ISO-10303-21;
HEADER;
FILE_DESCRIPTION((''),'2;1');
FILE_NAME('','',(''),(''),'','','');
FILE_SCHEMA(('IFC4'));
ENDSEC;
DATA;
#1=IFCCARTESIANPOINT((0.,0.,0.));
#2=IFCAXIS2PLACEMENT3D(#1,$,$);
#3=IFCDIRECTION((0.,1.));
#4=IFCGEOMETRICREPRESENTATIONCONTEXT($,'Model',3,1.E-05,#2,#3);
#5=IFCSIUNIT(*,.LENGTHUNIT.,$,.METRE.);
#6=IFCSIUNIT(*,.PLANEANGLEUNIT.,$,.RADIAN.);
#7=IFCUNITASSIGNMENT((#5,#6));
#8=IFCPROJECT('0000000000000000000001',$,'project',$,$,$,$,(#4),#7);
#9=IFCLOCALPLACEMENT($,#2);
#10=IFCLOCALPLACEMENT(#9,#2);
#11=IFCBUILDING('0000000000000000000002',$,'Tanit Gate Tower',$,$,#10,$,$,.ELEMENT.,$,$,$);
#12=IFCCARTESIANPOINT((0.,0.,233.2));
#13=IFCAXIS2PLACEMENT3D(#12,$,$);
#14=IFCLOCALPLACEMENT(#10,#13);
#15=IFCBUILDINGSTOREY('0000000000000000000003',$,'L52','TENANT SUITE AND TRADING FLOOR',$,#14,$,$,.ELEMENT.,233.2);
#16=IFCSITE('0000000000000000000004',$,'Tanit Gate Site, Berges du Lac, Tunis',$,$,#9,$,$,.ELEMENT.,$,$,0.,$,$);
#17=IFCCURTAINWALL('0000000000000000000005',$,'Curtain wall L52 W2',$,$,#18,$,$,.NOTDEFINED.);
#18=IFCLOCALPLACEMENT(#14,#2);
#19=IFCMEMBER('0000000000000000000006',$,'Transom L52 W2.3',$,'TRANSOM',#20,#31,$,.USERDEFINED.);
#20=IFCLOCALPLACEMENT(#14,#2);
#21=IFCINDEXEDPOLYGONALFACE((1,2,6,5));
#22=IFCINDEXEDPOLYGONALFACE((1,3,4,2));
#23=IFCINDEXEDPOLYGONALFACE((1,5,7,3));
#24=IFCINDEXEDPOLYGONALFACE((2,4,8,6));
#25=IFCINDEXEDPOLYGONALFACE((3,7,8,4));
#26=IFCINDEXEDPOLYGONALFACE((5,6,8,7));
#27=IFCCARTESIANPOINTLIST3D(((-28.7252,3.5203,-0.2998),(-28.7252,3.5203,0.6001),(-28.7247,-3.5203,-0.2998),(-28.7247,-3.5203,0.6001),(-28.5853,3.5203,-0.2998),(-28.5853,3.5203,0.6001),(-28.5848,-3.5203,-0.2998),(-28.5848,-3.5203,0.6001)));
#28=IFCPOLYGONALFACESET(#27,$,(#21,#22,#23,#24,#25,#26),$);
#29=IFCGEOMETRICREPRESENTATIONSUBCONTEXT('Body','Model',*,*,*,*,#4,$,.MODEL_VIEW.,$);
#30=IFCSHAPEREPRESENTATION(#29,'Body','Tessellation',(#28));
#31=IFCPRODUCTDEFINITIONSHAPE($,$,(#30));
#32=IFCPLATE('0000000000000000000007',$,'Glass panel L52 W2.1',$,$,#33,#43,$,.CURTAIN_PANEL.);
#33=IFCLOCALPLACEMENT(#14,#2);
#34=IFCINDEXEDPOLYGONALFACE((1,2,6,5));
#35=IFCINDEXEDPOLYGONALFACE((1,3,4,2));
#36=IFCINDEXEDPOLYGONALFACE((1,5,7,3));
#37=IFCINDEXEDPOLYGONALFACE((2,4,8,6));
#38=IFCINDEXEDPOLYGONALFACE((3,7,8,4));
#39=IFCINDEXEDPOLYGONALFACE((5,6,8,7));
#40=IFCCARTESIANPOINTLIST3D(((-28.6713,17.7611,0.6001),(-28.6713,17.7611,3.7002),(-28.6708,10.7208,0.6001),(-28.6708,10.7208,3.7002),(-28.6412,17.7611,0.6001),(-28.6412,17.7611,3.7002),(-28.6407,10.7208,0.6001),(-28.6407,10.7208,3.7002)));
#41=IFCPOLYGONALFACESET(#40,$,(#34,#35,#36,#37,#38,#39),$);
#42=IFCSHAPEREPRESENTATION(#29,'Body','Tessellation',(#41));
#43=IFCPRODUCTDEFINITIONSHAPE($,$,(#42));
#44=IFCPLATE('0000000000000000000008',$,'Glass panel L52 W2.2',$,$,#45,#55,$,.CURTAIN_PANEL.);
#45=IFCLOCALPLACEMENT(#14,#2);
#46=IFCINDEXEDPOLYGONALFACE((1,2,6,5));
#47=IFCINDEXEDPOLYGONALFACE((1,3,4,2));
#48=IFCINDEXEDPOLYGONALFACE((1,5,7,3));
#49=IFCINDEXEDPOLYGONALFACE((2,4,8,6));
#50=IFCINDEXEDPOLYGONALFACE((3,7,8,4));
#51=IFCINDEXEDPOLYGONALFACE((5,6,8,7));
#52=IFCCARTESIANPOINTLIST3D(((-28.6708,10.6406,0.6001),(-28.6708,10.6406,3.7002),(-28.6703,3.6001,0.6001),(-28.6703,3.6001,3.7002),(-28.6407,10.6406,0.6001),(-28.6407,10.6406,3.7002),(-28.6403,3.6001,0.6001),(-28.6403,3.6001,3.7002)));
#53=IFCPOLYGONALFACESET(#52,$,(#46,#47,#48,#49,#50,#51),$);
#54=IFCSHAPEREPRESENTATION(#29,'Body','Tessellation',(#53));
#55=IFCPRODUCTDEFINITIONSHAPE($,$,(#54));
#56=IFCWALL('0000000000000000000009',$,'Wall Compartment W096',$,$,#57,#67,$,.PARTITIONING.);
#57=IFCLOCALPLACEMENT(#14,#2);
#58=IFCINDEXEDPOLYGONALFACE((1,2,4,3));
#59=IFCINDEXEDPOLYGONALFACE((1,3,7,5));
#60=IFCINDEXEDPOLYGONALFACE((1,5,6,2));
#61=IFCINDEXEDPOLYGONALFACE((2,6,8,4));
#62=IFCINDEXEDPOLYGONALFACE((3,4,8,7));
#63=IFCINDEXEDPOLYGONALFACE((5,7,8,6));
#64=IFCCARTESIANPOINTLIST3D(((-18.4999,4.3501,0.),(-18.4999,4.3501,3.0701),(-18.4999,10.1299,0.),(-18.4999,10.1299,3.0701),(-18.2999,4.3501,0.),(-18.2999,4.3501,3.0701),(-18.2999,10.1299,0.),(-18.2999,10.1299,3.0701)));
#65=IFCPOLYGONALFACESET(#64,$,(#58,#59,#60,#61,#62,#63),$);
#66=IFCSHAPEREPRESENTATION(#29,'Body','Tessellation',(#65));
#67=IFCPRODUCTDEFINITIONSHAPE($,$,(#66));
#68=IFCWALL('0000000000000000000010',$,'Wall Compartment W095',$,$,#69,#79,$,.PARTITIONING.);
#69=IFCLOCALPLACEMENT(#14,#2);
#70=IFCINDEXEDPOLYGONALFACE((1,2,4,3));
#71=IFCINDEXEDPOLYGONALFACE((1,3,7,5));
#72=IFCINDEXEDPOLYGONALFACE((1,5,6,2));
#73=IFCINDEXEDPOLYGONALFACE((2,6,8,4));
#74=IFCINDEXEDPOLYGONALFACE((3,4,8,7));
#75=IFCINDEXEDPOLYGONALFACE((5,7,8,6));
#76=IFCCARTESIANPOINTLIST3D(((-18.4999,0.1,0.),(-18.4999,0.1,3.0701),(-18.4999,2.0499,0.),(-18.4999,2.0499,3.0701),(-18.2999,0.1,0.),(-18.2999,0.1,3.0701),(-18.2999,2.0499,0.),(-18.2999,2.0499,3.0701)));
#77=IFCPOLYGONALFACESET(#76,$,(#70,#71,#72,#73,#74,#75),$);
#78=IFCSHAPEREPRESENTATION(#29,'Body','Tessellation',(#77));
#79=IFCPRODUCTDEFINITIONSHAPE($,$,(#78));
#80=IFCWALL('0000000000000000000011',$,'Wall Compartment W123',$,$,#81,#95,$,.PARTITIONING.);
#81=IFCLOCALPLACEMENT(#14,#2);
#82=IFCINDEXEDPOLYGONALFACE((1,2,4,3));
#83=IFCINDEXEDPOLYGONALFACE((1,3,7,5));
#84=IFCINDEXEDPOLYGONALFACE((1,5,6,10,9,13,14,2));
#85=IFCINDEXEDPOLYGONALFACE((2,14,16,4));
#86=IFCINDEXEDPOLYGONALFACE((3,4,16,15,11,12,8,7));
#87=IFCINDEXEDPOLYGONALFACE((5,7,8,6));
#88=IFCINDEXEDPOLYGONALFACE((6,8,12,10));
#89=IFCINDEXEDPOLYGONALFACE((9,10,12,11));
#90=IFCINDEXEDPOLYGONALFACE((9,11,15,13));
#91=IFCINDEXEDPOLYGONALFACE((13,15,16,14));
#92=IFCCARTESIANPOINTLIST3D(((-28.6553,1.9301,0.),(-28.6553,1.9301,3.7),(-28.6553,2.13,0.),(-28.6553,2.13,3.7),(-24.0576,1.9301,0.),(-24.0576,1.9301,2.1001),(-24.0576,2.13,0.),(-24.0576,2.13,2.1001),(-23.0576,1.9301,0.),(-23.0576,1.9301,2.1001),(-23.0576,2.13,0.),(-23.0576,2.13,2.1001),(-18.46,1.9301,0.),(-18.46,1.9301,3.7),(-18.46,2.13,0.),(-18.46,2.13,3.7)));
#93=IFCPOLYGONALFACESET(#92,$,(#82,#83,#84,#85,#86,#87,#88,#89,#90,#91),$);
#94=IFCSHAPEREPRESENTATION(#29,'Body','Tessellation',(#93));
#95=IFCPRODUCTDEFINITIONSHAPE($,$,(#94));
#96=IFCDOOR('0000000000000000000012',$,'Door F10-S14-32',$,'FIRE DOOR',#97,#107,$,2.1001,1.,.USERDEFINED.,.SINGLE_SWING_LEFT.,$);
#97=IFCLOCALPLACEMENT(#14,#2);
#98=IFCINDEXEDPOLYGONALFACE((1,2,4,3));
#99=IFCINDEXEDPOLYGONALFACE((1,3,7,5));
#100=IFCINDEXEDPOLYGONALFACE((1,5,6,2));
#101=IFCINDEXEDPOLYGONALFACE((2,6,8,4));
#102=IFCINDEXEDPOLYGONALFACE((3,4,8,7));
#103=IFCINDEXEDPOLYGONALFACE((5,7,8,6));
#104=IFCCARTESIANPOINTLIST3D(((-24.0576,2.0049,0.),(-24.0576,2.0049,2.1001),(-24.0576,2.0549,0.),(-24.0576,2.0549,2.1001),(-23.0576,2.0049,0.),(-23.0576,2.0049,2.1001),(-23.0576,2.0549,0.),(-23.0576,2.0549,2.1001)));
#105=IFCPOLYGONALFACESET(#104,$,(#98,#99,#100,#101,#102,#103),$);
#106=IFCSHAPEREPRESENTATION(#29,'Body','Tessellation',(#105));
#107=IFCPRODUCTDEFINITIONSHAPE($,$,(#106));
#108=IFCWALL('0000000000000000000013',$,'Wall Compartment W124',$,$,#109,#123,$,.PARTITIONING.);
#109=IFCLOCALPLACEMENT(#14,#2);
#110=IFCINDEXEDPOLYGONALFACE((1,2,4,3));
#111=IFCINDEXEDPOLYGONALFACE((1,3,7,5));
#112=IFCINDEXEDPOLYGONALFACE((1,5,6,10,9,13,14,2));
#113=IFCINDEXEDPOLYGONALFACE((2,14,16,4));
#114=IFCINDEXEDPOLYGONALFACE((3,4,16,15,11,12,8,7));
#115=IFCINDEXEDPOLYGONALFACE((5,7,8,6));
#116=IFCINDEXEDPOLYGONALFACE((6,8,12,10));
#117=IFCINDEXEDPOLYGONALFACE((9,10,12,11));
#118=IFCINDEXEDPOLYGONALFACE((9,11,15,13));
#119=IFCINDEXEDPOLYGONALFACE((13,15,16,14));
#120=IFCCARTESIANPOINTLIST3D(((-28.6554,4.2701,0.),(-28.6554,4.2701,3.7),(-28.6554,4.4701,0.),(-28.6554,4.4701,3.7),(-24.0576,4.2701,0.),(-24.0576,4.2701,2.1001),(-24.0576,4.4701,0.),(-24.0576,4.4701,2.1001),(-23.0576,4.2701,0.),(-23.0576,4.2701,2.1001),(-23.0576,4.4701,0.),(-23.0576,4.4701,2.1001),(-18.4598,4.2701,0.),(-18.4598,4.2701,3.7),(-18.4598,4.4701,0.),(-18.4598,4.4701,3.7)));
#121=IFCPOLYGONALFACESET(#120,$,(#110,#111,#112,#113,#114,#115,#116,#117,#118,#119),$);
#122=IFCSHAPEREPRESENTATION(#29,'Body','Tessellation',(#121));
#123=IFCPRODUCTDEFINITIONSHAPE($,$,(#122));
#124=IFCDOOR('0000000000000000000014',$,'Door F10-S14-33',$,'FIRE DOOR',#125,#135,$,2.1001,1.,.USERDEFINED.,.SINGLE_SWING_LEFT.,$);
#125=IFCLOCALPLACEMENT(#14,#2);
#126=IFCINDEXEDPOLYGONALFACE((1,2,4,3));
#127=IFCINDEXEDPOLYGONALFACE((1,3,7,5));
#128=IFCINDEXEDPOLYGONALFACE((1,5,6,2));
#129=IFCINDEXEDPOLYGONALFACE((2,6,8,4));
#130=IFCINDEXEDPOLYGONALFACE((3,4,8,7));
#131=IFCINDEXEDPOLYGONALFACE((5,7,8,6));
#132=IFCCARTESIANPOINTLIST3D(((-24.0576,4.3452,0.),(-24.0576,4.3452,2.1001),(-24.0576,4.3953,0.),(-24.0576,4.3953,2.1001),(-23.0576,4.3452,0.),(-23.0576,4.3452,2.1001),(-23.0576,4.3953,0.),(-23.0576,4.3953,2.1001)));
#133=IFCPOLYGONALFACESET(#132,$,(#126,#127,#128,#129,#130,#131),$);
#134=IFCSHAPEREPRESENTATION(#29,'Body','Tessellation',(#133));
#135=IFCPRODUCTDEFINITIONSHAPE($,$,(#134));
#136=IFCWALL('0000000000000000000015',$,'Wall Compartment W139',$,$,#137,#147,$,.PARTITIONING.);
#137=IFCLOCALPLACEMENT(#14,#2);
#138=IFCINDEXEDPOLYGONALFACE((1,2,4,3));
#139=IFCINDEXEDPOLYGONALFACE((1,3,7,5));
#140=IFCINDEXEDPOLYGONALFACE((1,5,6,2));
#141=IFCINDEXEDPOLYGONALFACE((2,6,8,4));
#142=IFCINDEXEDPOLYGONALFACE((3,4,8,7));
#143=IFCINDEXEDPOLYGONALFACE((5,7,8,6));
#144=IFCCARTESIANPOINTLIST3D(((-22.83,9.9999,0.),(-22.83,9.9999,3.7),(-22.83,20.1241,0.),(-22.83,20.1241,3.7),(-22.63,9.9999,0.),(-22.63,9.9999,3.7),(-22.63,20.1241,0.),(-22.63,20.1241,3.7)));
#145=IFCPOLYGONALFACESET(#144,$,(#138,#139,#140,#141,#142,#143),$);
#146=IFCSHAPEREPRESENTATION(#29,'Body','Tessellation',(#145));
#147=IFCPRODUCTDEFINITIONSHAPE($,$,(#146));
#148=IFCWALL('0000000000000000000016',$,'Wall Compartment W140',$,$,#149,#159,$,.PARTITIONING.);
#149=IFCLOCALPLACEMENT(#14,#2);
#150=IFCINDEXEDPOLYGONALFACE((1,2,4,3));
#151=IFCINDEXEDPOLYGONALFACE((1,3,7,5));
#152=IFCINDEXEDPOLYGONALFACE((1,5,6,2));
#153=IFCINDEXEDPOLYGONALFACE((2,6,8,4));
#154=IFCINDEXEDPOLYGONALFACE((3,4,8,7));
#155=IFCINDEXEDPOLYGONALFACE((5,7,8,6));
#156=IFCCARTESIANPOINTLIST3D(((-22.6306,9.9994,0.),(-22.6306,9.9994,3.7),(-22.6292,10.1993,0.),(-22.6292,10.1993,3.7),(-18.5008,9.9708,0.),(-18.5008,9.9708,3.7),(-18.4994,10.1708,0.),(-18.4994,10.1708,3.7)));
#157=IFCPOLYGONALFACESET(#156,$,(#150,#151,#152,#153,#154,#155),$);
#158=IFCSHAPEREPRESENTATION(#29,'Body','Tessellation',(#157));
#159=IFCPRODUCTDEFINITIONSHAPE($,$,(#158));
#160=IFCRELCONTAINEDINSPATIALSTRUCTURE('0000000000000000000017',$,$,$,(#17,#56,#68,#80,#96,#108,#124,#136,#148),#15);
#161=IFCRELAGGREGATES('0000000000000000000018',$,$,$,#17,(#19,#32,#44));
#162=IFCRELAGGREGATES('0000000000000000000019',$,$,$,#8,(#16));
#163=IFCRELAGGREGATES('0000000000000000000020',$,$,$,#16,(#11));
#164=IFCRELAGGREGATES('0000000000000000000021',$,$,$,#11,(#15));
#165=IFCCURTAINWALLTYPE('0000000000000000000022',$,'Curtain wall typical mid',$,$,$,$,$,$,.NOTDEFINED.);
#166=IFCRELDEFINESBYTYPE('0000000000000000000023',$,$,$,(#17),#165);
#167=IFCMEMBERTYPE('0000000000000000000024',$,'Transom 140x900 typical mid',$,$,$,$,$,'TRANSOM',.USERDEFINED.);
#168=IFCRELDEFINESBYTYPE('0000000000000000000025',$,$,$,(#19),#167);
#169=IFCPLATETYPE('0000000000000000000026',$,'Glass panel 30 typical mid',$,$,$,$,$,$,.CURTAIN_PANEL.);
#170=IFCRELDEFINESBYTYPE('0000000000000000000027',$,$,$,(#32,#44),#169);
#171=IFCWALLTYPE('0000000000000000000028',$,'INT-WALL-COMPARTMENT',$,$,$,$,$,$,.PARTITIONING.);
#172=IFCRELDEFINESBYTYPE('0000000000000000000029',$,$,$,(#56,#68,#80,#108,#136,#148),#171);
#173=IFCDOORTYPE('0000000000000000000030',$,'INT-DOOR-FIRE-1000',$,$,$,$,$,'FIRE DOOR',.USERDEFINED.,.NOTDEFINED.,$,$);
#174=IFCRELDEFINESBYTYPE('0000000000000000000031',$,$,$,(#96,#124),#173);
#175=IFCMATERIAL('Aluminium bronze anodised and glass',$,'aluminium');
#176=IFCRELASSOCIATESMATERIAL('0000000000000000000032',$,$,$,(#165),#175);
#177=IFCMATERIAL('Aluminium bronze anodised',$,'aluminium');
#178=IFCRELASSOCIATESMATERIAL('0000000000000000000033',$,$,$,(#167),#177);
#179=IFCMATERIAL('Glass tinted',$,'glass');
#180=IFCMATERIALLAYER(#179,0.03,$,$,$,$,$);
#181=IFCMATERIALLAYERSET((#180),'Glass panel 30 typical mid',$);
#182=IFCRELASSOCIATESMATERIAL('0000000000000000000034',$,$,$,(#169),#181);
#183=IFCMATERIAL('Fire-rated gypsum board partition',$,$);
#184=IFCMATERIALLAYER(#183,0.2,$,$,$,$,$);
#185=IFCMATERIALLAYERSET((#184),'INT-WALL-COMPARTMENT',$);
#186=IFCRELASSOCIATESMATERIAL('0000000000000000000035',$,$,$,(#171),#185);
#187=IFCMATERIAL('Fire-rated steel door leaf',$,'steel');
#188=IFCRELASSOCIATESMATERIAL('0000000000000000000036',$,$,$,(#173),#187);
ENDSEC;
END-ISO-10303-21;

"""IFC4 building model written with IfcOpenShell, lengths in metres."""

from ifc_helpers import new_model, si_unit, direction, frame, frame_2d, origin, origin_2d, place, context, subcontext, project, spatial, rectangle, extrude, material, layer, layer_set, material_profile, profile_set, type_object, element, fill, aggregate, save


model = new_model("IFC4")

# Units and contexts
model_context = context("Model", 3, precision=1e-05, world=origin(), true_north=direction((0.0, 1.0)))
body_context = subcontext(model_context, "Body", "Model", "MODEL_VIEW")
ifc_project = project(units=[si_unit("LENGTHUNIT", "METRE"), si_unit("PLANEANGLEUNIT", "RADIAN")], contexts=[model_context])

# Site, building, storey
site_placement = place(None, origin())
site = spatial("IfcSite", under=ifc_project, at=site_placement, Name="Tanit Gate Site, Berges du Lac, Tunis", CompositionType="ELEMENT", RefElevation=0.0)
building_placement = place(site_placement, origin())
building = spatial("IfcBuilding", under=site, at=building_placement, Name="Tanit Gate Tower", CompositionType="ELEMENT")
storey_placement = place(building_placement, frame((0.0, 0.0, 233.2)))
storey = spatial("IfcBuildingStorey", under=building, at=storey_placement, Name="L52", Description="TENANT SUITE AND TRADING FLOOR", CompositionType="ELEMENT", Elevation=233.2)

# Curtain wall
ifc_material_1 = material(Name="Aluminium bronze anodised and glass", Category="aluminium")
curtain_wall_type = type_object("IfcCurtainWallType", Name="Curtain wall typical mid", PredefinedType="NOTDEFINED", material=ifc_material_1)
curtain_wall_placement = place(storey_placement, origin())
curtain_wall = element("IfcCurtainWall", 1, at=curtain_wall_placement, inside=storey, type_object=curtain_wall_type, Name="Curtain wall L52 W2", PredefinedType="NOTDEFINED")

# Member
ifc_material_2 = material(Name="Aluminium bronze anodised", Category="aluminium")
ifc_material_profile_1 = material_profile(ifc_material_2, rectangle(XDim=0.1399, YDim=0.8999, at=origin_2d()), Name="140x900 bronze transom")
ifc_profile_set_1 = profile_set([ifc_material_profile_1], Name="Aluminium bronze anodised")
member_type_1 = type_object("IfcMemberType", Name="Transom 140x900 typical mid", ElementType="TRANSOM", PredefinedType="USERDEFINED", material=ifc_profile_set_1)
member_1_placement = place(storey_placement, frame((-28.6553, 3.5203, 0.1501), z_axis=(0.000069, -1.0, 0.0), x_axis=(1.0, 0.000069, 0.0)))
member_1 = element("IfcMember", 2, at=member_1_placement, type_object=member_type_1, Name="Transom L52 W2.3", ObjectType="TRANSOM", PredefinedType="USERDEFINED", context=body_context, shape_type="SweptSolid", body=[
    extrude(rectangle(XDim=0.1399, YDim=0.8999, at=origin_2d()), origin(), (0.0, 0.0, 1.0), 7.0405),
])

# Plates
ifc_material_3 = material(Name="Glass tinted", Category="glass")
ifc_layer_1 = layer(ifc_material_3, 0.03)
ifc_layer_set_1 = layer_set([ifc_layer_1], Name="Glass panel 30 typical mid")
plate_type = type_object("IfcPlateType", Name="Glass panel 30 typical mid", PredefinedType="CURTAIN_PANEL", material=ifc_layer_set_1)
plate_1_placement = place(storey_placement, frame((-28.656, 14.241, 0.6001), z_axis=(0.0, 0.0, 1.0), x_axis=(0.000069, -1.0, 0.0)))
plate_1 = element("IfcPlate", 3, at=plate_1_placement, type_object=plate_type, Name="Glass panel L52 W2.1", PredefinedType="CURTAIN_PANEL", context=body_context, shape_type="SweptSolid", body=[
    extrude(rectangle(XDim=7.0403, YDim=0.03, at=origin_2d()), origin(), (0.0, 0.0, 1.0), 3.1001),
])
plate_2_placement = place(storey_placement, frame((-28.6555, 7.1204, 0.6001), z_axis=(0.0, 0.0, 1.0), x_axis=(0.000069, -1.0, 0.0)))
plate_2 = element("IfcPlate", 4, at=plate_2_placement, type_object=plate_type, Name="Glass panel L52 W2.2", PredefinedType="CURTAIN_PANEL", context=body_context, shape_type="SweptSolid", body=[
    extrude(rectangle(XDim=7.0405, YDim=0.03, at=origin_2d()), origin(), (0.0, 0.0, 1.0), 3.1001),
])
aggregate(curtain_wall, [member_1, plate_1, plate_2])

# Walls
ifc_material_4 = material(Name="Fire-rated gypsum board partition")
ifc_layer_2 = layer(ifc_material_4, 0.2)
ifc_layer_set_2 = layer_set([ifc_layer_2], Name="INT-WALL-COMPARTMENT")
wall_type_1 = type_object("IfcWallType", Name="INT-WALL-COMPARTMENT", PredefinedType="PARTITIONING", material=ifc_layer_set_2)
wall_1_placement = place(storey_placement, frame((-18.3999, 10.1299, 0.0), z_axis=(0.0, 0.0, 1.0), x_axis=(0.0, -1.0, 0.0)))
element("IfcWall", 5, at=wall_1_placement, inside=storey, type_object=wall_type_1, Name="Wall Compartment W096", PredefinedType="PARTITIONING", context=body_context, shape_type="SweptSolid", body=[
    extrude(rectangle(XDim=5.7798, YDim=0.2, at=frame_2d((2.8899, 0.0))), origin(), (0.0, 0.0, 1.0), 3.0701),
])
wall_2_placement = place(storey_placement, frame((-18.3999, 2.05, 0.0), z_axis=(0.0, 0.0, 1.0), x_axis=(0.0, -1.0, 0.0)))
element("IfcWall", 6, at=wall_2_placement, inside=storey, type_object=wall_type_1, Name="Wall Compartment W095", PredefinedType="PARTITIONING", context=body_context, shape_type="SweptSolid", body=[
    extrude(rectangle(XDim=1.95, YDim=0.2, at=frame_2d((0.9751, 0.0))), origin(), (0.0, 0.0, 1.0), 3.0701),
])

# Walls, openings, doors
wall_3_placement = place(storey_placement, frame((-28.6553, 2.03, 0.0), z_axis=(0.0, 0.0, 1.0), x_axis=(1.0, 0.0, 0.0)))
wall_3 = element("IfcWall", 7, at=wall_3_placement, inside=storey, type_object=wall_type_1, Name="Wall Compartment W123", PredefinedType="PARTITIONING", context=body_context, shape_type="SweptSolid", body=[
    extrude(rectangle(XDim=10.1953, YDim=0.2, at=frame_2d((5.0977, 0.0))), origin(), (0.0, 0.0, 1.0), 3.7),
])
opening_1_placement = place(wall_3_placement, frame((4.5977, 0.0, 0.0)))
opening_1 = element("IfcOpeningElement", 8, at=opening_1_placement, cuts=wall_3, PredefinedType="OPENING", context=body_context, shape_type="SweptSolid", body=[
    extrude(rectangle(XDim=1.0, YDim=2.1001, at=frame_2d((0.5, 1.05))), frame((0.0, 0.1099, 0.0), z_axis=(0.0, -1.0, 0.0), x_axis=(1.0, 0.0, 0.0)), (0.0, 0.0, 1.0), 0.22),
])
ifc_material_5 = material(Name="Fire-rated steel door leaf", Category="steel")
door_type_1 = type_object("IfcDoorType", Name="INT-DOOR-FIRE-1000", ElementType="FIRE DOOR", OperationType="NOTDEFINED", PredefinedType="USERDEFINED", material=ifc_material_5)
door_1_placement = place(opening_1_placement, origin())
door_1 = element("IfcDoor", 9, at=door_1_placement, inside=storey, type_object=door_type_1, Name="Door F10-S14-32", ObjectType="FIRE DOOR", OperationType="SINGLE_SWING_LEFT", OverallHeight=2.1001, OverallWidth=1.0, PredefinedType="USERDEFINED", context=body_context, shape_type="SweptSolid", body=[
    extrude(rectangle(XDim=1.0, YDim=2.1001, at=frame_2d((0.5, 1.05))), frame((0.0, 0.0249, 0.0), z_axis=(0.0, -1.0, 0.0), x_axis=(1.0, 0.0, 0.0)), (0.0, 0.0, 1.0), 0.05),
])
fill(opening_1, door_1)
wall_4_placement = place(storey_placement, frame((-18.46, 4.3701, 0.0), z_axis=(0.0, 0.0, 1.0), x_axis=(-1.0, 0.0, 0.0)))
wall_4 = element("IfcWall", 10, at=wall_4_placement, inside=storey, type_object=wall_type_1, Name="Wall Compartment W124", PredefinedType="PARTITIONING", context=body_context, shape_type="SweptSolid", body=[
    extrude(rectangle(XDim=10.1956, YDim=0.2, at=frame_2d((5.0977, 0.0))), origin(), (0.0, 0.0, 1.0), 3.7),
])
opening_2_placement = place(wall_4_placement, frame((4.5977, 0.0, 0.0)))
opening_2 = element("IfcOpeningElement", 11, at=opening_2_placement, cuts=wall_4, PredefinedType="OPENING", context=body_context, shape_type="SweptSolid", body=[
    extrude(rectangle(XDim=1.0, YDim=2.1001, at=frame_2d((0.5, 1.05))), frame((0.0, 0.1099, 0.0), z_axis=(0.0, -1.0, 0.0), x_axis=(1.0, 0.0, 0.0)), (0.0, 0.0, 1.0), 0.22),
])
door_2_placement = place(opening_2_placement, origin())
door_2 = element("IfcDoor", 12, at=door_2_placement, inside=storey, type_object=door_type_1, Name="Door F10-S14-33", ObjectType="FIRE DOOR", OperationType="SINGLE_SWING_LEFT", OverallHeight=2.1001, OverallWidth=1.0, PredefinedType="USERDEFINED", context=body_context, shape_type="SweptSolid", body=[
    extrude(rectangle(XDim=1.0, YDim=2.1001, at=frame_2d((0.5, 1.05))), frame((0.0, 0.0249, 0.0), z_axis=(0.0, -1.0, 0.0), x_axis=(1.0, 0.0, 0.0)), (0.0, 0.0, 1.0), 0.05),
])
fill(opening_2, door_2)

# Walls
wall_5_placement = place(storey_placement, frame((-22.73, 10.0, 0.0), z_axis=(0.0, 0.0, 1.0), x_axis=(0.0, 1.0, 0.0)))
element("IfcWall", 13, at=wall_5_placement, inside=storey, type_object=wall_type_1, Name="Wall Compartment W139", PredefinedType="PARTITIONING", context=body_context, shape_type="SweptSolid", body=[
    extrude(rectangle(XDim=10.1243, YDim=0.2, at=frame_2d((5.062, 0.0))), origin(), (0.0, 0.0, 1.0), 3.7),
])
wall_6_placement = place(storey_placement, frame((-22.6299, 10.0994, 0.0), z_axis=(0.0, 0.0, 1.0), x_axis=(0.999976, -0.006916, 0.0)))
element("IfcWall", 14, at=wall_6_placement, inside=storey, type_object=wall_type_1, Name="Wall Compartment W140", PredefinedType="PARTITIONING", context=body_context, shape_type="SweptSolid", body=[
    extrude(rectangle(XDim=4.1299, YDim=0.2, at=frame_2d((2.0649, 0.0))), origin(), (0.0, 0.0, 1.0), 3.7),
])

save(model, "model.ifc")
